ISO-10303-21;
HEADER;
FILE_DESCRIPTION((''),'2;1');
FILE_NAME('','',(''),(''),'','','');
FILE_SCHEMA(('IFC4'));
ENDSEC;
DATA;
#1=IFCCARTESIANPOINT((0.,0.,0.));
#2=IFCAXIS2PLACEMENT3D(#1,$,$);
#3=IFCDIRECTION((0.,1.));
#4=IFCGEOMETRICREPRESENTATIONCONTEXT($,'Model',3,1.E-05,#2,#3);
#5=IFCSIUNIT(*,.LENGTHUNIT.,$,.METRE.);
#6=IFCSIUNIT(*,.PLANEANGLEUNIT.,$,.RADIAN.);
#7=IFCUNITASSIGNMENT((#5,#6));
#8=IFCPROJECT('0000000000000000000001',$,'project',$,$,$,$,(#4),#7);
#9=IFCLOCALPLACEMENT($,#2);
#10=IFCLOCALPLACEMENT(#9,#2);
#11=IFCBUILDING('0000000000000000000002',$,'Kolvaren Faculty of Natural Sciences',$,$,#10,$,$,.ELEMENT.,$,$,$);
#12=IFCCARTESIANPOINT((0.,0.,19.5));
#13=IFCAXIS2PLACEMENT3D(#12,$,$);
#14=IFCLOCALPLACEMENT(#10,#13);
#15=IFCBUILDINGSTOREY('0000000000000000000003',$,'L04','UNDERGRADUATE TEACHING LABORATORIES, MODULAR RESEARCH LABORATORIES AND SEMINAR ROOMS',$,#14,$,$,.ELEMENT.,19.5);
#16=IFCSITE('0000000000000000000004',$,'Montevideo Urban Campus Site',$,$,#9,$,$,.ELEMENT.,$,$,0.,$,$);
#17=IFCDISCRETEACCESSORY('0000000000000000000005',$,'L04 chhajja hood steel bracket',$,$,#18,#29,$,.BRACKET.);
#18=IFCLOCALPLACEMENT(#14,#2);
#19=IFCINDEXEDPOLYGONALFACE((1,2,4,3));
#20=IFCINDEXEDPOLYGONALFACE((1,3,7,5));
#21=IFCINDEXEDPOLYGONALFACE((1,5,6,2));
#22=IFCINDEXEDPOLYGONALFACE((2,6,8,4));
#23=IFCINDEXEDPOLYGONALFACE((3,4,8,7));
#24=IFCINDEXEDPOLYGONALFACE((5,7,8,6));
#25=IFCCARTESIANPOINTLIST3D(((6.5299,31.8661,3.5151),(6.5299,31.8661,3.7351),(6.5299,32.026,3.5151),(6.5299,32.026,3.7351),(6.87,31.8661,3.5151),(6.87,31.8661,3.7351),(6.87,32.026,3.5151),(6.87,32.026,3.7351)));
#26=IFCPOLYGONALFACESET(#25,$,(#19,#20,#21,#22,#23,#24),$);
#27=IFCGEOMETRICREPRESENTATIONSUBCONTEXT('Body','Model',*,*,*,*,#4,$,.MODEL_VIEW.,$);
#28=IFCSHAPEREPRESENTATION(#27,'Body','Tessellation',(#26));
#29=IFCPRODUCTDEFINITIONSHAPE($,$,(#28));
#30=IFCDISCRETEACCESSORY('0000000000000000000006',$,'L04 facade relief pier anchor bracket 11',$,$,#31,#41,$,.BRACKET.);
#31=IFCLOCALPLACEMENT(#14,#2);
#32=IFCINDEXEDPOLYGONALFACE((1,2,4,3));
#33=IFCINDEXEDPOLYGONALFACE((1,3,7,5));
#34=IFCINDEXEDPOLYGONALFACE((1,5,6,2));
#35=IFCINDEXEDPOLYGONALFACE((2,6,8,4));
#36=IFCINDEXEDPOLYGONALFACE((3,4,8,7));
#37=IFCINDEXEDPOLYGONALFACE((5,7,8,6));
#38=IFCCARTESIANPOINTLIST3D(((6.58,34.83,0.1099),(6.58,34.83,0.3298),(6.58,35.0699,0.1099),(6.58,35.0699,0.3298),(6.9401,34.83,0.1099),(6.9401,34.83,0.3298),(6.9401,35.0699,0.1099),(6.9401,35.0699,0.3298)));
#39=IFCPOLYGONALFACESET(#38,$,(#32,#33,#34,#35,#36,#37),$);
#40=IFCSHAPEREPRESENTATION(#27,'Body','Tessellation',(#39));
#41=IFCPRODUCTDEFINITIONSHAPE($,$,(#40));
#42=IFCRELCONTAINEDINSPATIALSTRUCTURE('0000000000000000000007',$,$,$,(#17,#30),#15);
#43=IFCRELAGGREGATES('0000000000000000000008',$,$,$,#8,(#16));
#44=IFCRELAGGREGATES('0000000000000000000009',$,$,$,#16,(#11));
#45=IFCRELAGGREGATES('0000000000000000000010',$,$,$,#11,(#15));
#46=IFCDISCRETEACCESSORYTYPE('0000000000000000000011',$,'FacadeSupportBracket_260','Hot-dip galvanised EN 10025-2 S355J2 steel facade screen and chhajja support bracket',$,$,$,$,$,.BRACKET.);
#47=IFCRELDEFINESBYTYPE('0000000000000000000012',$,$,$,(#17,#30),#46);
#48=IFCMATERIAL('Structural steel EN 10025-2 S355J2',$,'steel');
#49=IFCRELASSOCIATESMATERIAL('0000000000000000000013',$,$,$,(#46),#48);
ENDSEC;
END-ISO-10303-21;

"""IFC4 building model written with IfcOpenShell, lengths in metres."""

from ifc_helpers import new_model, si_unit, direction, frame, origin, origin_2d, place, context, subcontext, project, spatial, rectangle, extrude, material, type_object, element, save


model = new_model("IFC4")

# Units and contexts
model_context = context("Model", 3, precision=1e-05, world=origin(), true_north=direction((0.0, 1.0)))
body_context = subcontext(model_context, "Body", "Model", "MODEL_VIEW")
ifc_project = project(units=[si_unit("LENGTHUNIT", "METRE"), si_unit("PLANEANGLEUNIT", "RADIAN")], contexts=[model_context])

# Site, building, storey
site_placement = place(None, origin())
site = spatial("IfcSite", under=ifc_project, at=site_placement, Name="Montevideo Urban Campus Site", CompositionType="ELEMENT", RefElevation=0.0)
building_placement = place(site_placement, origin())
building = spatial("IfcBuilding", under=site, at=building_placement, Name="Kolvaren Faculty of Natural Sciences", CompositionType="ELEMENT")
storey_placement = place(building_placement, frame((0.0, 0.0, 19.5)))
storey = spatial("IfcBuildingStorey", under=building, at=storey_placement, Name="L04", Description="UNDERGRADUATE TEACHING LABORATORIES, MODULAR RESEARCH LABORATORIES AND SEMINAR ROOMS", CompositionType="ELEMENT", Elevation=19.5)

# Discrete accessories
ifc_material_1 = material(Name="Structural steel EN 10025-2 S355J2", Category="steel")
discrete_accessory_type = type_object("IfcDiscreteAccessoryType", Name="FacadeSupportBracket_260", Description="Hot-dip galvanised EN 10025-2 S355J2 steel facade screen and chhajja support bracket", PredefinedType="BRACKET", material=ifc_material_1)
for number, where, z_axis, x_axis, name in (
    (1, (6.7, 31.946, 3.5151), (0.0, 0.0, 1.0), (0.0, 1.0, 0.0), "L04 chhajja hood steel bracket"),
):
    element("IfcDiscreteAccessory", number, at=place(storey_placement, frame(where, z_axis=z_axis, x_axis=x_axis)), inside=storey, type_object=discrete_accessory_type, Name=name, PredefinedType="BRACKET", context=body_context, shape_type="SweptSolid", body=[
        extrude(rectangle(XDim=0.1599, YDim=0.3401, at=origin_2d()), origin(), (0.0, 0.0, 1.0), 0.22),
    ])
discrete_accessory_placement = place(storey_placement, frame((6.76, 34.95, 0.1099), z_axis=(0.0, 0.0, 1.0), x_axis=(0.0, 1.0, 0.0)))
element("IfcDiscreteAccessory", 2, at=discrete_accessory_placement, inside=storey, type_object=discrete_accessory_type, Name="L04 facade relief pier anchor bracket 11", PredefinedType="BRACKET", context=body_context, shape_type="SweptSolid", body=[
    extrude(rectangle(XDim=0.24, YDim=0.3601, at=origin_2d()), origin(), (0.0, 0.0, 1.0), 0.22),
])

save(model, "model.ifc")
